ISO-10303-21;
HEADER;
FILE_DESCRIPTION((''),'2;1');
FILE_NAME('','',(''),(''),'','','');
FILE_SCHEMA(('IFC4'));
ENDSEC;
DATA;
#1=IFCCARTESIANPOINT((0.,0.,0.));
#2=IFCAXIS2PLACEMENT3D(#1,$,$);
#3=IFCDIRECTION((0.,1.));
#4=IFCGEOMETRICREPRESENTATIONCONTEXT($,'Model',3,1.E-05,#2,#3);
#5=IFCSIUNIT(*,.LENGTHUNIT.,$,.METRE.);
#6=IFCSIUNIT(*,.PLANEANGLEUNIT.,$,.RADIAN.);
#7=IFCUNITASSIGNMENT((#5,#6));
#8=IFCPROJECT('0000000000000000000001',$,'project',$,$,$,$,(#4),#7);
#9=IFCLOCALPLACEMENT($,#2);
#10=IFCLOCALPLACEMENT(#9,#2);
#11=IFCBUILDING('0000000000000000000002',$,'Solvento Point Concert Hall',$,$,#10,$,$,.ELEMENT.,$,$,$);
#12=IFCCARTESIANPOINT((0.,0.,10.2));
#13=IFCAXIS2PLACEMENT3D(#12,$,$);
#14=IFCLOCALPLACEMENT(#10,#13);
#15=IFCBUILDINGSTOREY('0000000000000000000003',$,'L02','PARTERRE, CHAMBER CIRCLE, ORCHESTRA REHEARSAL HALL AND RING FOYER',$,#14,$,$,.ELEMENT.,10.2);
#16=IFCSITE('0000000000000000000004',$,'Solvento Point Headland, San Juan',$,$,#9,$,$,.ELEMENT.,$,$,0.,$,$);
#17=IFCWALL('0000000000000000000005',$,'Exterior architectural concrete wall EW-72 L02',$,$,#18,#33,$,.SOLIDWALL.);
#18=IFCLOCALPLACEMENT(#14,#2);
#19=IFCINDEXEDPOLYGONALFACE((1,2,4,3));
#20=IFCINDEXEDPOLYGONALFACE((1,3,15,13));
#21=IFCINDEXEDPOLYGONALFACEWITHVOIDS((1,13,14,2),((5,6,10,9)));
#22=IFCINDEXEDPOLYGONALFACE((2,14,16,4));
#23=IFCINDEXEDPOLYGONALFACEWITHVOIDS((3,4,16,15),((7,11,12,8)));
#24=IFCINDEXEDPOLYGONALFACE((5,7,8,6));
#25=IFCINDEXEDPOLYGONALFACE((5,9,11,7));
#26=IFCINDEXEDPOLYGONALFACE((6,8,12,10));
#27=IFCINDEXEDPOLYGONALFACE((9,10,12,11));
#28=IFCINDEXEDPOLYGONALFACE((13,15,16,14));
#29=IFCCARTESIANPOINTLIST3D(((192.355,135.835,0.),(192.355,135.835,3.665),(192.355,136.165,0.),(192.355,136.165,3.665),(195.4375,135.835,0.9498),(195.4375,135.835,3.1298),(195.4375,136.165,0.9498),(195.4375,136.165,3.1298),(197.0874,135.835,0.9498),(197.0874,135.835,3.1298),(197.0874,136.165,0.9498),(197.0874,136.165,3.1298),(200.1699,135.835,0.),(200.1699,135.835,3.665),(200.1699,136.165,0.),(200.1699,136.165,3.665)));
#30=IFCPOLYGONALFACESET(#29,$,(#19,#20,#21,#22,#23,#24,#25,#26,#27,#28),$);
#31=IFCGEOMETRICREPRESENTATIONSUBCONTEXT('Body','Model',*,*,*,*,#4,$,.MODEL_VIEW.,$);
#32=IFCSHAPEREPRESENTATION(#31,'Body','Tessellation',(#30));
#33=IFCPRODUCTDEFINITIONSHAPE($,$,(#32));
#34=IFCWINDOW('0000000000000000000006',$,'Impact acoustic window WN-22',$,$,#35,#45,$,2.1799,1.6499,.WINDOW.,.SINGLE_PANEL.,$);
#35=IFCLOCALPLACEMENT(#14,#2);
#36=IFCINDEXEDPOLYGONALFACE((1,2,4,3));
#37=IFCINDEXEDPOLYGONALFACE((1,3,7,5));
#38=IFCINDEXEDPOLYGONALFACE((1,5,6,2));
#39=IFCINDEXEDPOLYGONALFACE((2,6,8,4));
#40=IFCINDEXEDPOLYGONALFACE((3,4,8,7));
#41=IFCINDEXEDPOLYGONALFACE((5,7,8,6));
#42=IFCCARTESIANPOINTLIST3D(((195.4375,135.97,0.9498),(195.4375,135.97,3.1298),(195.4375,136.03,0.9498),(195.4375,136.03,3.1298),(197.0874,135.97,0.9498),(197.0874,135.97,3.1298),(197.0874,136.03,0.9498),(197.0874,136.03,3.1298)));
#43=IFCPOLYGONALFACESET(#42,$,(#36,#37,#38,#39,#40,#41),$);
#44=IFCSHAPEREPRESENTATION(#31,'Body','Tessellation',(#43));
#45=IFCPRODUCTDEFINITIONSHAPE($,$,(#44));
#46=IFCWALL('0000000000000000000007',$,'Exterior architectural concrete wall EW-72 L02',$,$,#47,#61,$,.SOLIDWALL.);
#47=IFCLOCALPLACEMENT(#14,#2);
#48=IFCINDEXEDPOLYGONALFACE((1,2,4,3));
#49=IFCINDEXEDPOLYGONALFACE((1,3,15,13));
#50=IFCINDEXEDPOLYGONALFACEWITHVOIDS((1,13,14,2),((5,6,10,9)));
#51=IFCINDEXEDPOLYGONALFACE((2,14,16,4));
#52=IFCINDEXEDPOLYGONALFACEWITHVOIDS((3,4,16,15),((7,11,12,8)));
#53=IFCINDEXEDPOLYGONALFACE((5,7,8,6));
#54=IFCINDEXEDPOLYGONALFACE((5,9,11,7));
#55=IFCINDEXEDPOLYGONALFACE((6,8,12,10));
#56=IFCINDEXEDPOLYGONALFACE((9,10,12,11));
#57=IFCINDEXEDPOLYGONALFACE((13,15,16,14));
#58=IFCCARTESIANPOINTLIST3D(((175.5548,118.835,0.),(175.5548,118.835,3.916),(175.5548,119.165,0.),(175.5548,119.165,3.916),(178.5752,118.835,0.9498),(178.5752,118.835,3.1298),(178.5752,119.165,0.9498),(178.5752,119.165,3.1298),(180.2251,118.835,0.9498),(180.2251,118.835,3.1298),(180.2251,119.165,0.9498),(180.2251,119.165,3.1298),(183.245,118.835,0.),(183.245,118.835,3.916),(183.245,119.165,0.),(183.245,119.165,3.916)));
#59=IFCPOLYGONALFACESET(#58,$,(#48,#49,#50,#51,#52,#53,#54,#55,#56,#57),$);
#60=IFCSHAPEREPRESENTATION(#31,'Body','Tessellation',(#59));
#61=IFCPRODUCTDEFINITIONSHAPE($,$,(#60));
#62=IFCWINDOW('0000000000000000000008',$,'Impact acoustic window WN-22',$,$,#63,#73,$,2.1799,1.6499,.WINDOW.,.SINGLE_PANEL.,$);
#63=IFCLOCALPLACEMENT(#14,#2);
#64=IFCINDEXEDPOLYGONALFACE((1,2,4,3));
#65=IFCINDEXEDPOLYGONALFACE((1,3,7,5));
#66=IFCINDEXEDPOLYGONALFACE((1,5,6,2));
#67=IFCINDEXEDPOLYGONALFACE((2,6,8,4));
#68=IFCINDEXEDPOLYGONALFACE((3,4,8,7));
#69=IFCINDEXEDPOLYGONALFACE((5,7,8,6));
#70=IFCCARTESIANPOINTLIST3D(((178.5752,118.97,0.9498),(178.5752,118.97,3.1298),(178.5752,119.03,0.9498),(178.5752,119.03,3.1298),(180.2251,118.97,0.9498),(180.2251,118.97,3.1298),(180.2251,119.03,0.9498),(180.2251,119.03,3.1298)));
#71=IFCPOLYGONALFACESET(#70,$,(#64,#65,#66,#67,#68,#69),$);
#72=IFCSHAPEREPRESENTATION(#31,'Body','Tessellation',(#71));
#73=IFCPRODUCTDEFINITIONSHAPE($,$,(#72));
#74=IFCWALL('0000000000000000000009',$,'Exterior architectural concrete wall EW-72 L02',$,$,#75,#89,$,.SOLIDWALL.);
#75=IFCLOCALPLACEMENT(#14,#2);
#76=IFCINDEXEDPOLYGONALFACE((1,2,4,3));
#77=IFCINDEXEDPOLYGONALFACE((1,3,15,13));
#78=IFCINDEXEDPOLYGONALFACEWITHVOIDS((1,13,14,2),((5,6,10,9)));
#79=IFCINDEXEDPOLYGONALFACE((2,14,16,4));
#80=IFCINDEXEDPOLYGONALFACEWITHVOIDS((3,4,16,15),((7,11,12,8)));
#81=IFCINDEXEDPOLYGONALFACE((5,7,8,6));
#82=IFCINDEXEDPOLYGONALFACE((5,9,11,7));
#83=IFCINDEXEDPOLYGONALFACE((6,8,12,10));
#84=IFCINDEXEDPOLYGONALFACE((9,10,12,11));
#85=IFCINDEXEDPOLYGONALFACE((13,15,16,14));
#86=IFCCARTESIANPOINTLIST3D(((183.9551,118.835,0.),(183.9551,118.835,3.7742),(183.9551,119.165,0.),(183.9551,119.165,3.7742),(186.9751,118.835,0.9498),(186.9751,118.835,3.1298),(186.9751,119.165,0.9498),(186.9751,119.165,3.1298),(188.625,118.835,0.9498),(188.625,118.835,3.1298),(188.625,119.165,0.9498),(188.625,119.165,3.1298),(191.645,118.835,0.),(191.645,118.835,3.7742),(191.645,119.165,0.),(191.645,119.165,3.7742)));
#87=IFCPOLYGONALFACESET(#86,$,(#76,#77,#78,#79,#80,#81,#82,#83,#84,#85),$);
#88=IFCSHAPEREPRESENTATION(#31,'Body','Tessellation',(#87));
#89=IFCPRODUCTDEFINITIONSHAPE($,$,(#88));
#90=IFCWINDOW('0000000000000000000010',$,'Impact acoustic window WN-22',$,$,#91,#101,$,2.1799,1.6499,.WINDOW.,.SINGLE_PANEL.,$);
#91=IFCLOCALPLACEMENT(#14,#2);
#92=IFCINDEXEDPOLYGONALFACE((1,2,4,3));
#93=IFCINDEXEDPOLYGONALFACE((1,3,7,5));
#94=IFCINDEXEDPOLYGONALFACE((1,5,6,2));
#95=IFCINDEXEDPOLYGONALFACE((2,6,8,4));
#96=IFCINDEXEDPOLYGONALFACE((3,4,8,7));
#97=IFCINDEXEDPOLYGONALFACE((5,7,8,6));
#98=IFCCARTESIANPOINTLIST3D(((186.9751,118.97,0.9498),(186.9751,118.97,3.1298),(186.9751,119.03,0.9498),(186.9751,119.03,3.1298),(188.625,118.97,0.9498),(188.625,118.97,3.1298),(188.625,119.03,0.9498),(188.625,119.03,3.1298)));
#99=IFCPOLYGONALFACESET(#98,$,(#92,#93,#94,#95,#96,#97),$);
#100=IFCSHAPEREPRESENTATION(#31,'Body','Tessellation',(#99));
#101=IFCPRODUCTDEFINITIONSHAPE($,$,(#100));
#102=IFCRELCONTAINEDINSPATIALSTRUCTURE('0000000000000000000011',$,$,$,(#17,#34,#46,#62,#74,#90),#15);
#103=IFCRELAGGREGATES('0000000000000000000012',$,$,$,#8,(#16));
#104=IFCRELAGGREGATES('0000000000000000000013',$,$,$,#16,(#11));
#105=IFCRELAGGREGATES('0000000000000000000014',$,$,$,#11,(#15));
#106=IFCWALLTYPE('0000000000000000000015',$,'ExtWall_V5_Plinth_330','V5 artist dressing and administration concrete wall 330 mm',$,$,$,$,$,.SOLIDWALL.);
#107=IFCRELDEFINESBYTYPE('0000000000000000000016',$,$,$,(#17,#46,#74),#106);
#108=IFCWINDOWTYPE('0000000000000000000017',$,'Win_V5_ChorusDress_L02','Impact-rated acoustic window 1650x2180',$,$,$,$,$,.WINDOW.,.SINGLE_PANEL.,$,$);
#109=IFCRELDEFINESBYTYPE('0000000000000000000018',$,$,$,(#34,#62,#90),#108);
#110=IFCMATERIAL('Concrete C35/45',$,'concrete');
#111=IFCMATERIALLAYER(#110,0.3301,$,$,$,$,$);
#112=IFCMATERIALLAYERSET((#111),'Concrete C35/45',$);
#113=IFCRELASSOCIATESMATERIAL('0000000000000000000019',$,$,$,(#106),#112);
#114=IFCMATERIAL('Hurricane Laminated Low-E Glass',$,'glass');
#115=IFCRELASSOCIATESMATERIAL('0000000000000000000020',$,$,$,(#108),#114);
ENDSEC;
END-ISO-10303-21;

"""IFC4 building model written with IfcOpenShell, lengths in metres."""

from ifc_helpers import new_model, si_unit, direction, frame, frame_2d, origin, place, context, subcontext, project, spatial, rectangle, extrude, material, layer, layer_set, type_object, element, fill, save


model = new_model("IFC4")

# Units and contexts
model_context = context("Model", 3, precision=1e-05, world=origin(), true_north=direction((0.0, 1.0)))
body_context = subcontext(model_context, "Body", "Model", "MODEL_VIEW")
ifc_project = project(units=[si_unit("LENGTHUNIT", "METRE"), si_unit("PLANEANGLEUNIT", "RADIAN")], contexts=[model_context])

# Site, building, storey
site_placement = place(None, origin())
site = spatial("IfcSite", under=ifc_project, at=site_placement, Name="Solvento Point Headland, San Juan", CompositionType="ELEMENT", RefElevation=0.0)
building_placement = place(site_placement, origin())
building = spatial("IfcBuilding", under=site, at=building_placement, Name="Solvento Point Concert Hall", CompositionType="ELEMENT")
storey_placement = place(building_placement, frame((0.0, 0.0, 10.2)))
storey = spatial("IfcBuildingStorey", under=building, at=storey_placement, Name="L02", Description="PARTERRE, CHAMBER CIRCLE, ORCHESTRA REHEARSAL HALL AND RING FOYER", CompositionType="ELEMENT", Elevation=10.2)

# Walls, openings, windows
ifc_material_1 = material(Name="Concrete C35/45", Category="concrete")
ifc_layer_1 = layer(ifc_material_1, 0.3301)
ifc_layer_set_1 = layer_set([ifc_layer_1], Name="Concrete C35/45")
wall_type_1 = type_object("IfcWallType", Name="ExtWall_V5_Plinth_330", Description="V5 artist dressing and administration concrete wall 330 mm", PredefinedType="SOLIDWALL", material=ifc_layer_set_1)
ifc_material_2 = material(Name="Hurricane Laminated Low-E Glass", Category="glass")
window_type = type_object("IfcWindowType", Name="Win_V5_ChorusDress_L02", Description="Impact-rated acoustic window 1650x2180", PartitioningType="SINGLE_PANEL", PredefinedType="WINDOW", material=ifc_material_2)
wall_1_placement = place(storey_placement, frame((192.355, 136.0, 0.0), z_axis=(0.0, 0.0, 1.0), x_axis=(1.0, 0.0, 0.0)))
wall_1 = element("IfcWall", 1, at=wall_1_placement, inside=storey, type_object=wall_type_1, Name="Exterior architectural concrete wall EW-72 L02", PredefinedType="SOLIDWALL", context=body_context, shape_type="SweptSolid", body=[
    extrude(rectangle(XDim=7.8149, YDim=0.3301, at=frame_2d((3.9075, 0.0))), origin(), (0.0, 0.0, 1.0), 3.665),
])
opening_1_placement = place(wall_1_placement, frame((3.0825, 0.0, 0.95)))
opening_1 = element("IfcOpeningElement", 2, at=opening_1_placement, cuts=wall_1, PredefinedType="OPENING", context=body_context, shape_type="SweptSolid", body=[
    extrude(rectangle(XDim=1.6499, YDim=2.1799, at=frame_2d((0.825, 1.0898))), frame((0.0, 0.175, 0.0), z_axis=(0.0, -1.0, 0.0), x_axis=(1.0, 0.0, 0.0)), (0.0, 0.0, 1.0), 0.3501),
])
window_1_placement = place(opening_1_placement, origin())
window_1 = element("IfcWindow", 3, at=window_1_placement, inside=storey, type_object=window_type, Name="Impact acoustic window WN-22", OverallHeight=2.1799, OverallWidth=1.6499, PartitioningType="SINGLE_PANEL", PredefinedType="WINDOW", context=body_context, shape_type="SweptSolid", body=[
    extrude(rectangle(XDim=1.6499, YDim=2.1799, at=frame_2d((0.825, 1.0898))), frame((0.0, 0.03, 0.0), z_axis=(0.0, -1.0, 0.0), x_axis=(1.0, 0.0, 0.0)), (0.0, 0.0, 1.0), 0.0601),
])
fill(opening_1, window_1)
wall_2_placement = place(storey_placement, frame((183.2451, 119.0, 0.0), z_axis=(0.0, 0.0, 1.0), x_axis=(-1.0, 0.0, 0.0)))
wall_2 = element("IfcWall", 4, at=wall_2_placement, inside=storey, type_object=wall_type_1, Name="Exterior architectural concrete wall EW-72 L02", PredefinedType="SOLIDWALL", context=body_context, shape_type="SweptSolid", body=[
    extrude(rectangle(XDim=7.6902, YDim=0.3301, at=frame_2d((3.8452, 0.0))), origin(), (0.0, 0.0, 1.0), 3.916),
])
opening_2_placement = place(wall_2_placement, frame((3.02, 0.0, 0.95)))
opening_2 = element("IfcOpeningElement", 5, at=opening_2_placement, cuts=wall_2, PredefinedType="OPENING", context=body_context, shape_type="SweptSolid", body=[
    extrude(rectangle(XDim=1.6499, YDim=2.1799, at=frame_2d((0.825, 1.0898))), frame((0.0, 0.175, 0.0), z_axis=(0.0, -1.0, 0.0), x_axis=(1.0, 0.0, 0.0)), (0.0, 0.0, 1.0), 0.3501),
])
window_2_placement = place(opening_2_placement, origin())
window_2 = element("IfcWindow", 6, at=window_2_placement, inside=storey, type_object=window_type, Name="Impact acoustic window WN-22", OverallHeight=2.1799, OverallWidth=1.6499, PartitioningType="SINGLE_PANEL", PredefinedType="WINDOW", context=body_context, shape_type="SweptSolid", body=[
    extrude(rectangle(XDim=1.6499, YDim=2.1799, at=frame_2d((0.825, 1.0898))), frame((0.0, 0.03, 0.0), z_axis=(0.0, -1.0, 0.0), x_axis=(1.0, 0.0, 0.0)), (0.0, 0.0, 1.0), 0.0601),
])
fill(opening_2, window_2)
wall_3_placement = place(storey_placement, frame((191.645, 119.0, 0.0), z_axis=(0.0, 0.0, 1.0), x_axis=(-1.0, 0.0, 0.0)))
wall_3 = element("IfcWall", 7, at=wall_3_placement, inside=storey, type_object=wall_type_1, Name="Exterior architectural concrete wall EW-72 L02", PredefinedType="SOLIDWALL", context=body_context, shape_type="SweptSolid", body=[
    extrude(rectangle(XDim=7.6899, YDim=0.3301, at=frame_2d((3.845, 0.0))), origin(), (0.0, 0.0, 1.0), 3.7742),
])
opening_3_placement = place(wall_3_placement, frame((3.02, 0.0, 0.95)))
opening_3 = element("IfcOpeningElement", 8, at=opening_3_placement, cuts=wall_3, PredefinedType="OPENING", context=body_context, shape_type="SweptSolid", body=[
    extrude(rectangle(XDim=1.6499, YDim=2.1799, at=frame_2d((0.825, 1.0898))), frame((0.0, 0.175, 0.0), z_axis=(0.0, -1.0, 0.0), x_axis=(1.0, 0.0, 0.0)), (0.0, 0.0, 1.0), 0.3501),
])
window_3_placement = place(opening_3_placement, origin())
window_3 = element("IfcWindow", 9, at=window_3_placement, inside=storey, type_object=window_type, Name="Impact acoustic window WN-22", OverallHeight=2.1799, OverallWidth=1.6499, PartitioningType="SINGLE_PANEL", PredefinedType="WINDOW", context=body_context, shape_type="SweptSolid", body=[
    extrude(rectangle(XDim=1.6499, YDim=2.1799, at=frame_2d((0.825, 1.0898))), frame((0.0, 0.03, 0.0), z_axis=(0.0, -1.0, 0.0), x_axis=(1.0, 0.0, 0.0)), (0.0, 0.0, 1.0), 0.0601),
])
fill(opening_3, window_3)

save(model, "model.ifc")
